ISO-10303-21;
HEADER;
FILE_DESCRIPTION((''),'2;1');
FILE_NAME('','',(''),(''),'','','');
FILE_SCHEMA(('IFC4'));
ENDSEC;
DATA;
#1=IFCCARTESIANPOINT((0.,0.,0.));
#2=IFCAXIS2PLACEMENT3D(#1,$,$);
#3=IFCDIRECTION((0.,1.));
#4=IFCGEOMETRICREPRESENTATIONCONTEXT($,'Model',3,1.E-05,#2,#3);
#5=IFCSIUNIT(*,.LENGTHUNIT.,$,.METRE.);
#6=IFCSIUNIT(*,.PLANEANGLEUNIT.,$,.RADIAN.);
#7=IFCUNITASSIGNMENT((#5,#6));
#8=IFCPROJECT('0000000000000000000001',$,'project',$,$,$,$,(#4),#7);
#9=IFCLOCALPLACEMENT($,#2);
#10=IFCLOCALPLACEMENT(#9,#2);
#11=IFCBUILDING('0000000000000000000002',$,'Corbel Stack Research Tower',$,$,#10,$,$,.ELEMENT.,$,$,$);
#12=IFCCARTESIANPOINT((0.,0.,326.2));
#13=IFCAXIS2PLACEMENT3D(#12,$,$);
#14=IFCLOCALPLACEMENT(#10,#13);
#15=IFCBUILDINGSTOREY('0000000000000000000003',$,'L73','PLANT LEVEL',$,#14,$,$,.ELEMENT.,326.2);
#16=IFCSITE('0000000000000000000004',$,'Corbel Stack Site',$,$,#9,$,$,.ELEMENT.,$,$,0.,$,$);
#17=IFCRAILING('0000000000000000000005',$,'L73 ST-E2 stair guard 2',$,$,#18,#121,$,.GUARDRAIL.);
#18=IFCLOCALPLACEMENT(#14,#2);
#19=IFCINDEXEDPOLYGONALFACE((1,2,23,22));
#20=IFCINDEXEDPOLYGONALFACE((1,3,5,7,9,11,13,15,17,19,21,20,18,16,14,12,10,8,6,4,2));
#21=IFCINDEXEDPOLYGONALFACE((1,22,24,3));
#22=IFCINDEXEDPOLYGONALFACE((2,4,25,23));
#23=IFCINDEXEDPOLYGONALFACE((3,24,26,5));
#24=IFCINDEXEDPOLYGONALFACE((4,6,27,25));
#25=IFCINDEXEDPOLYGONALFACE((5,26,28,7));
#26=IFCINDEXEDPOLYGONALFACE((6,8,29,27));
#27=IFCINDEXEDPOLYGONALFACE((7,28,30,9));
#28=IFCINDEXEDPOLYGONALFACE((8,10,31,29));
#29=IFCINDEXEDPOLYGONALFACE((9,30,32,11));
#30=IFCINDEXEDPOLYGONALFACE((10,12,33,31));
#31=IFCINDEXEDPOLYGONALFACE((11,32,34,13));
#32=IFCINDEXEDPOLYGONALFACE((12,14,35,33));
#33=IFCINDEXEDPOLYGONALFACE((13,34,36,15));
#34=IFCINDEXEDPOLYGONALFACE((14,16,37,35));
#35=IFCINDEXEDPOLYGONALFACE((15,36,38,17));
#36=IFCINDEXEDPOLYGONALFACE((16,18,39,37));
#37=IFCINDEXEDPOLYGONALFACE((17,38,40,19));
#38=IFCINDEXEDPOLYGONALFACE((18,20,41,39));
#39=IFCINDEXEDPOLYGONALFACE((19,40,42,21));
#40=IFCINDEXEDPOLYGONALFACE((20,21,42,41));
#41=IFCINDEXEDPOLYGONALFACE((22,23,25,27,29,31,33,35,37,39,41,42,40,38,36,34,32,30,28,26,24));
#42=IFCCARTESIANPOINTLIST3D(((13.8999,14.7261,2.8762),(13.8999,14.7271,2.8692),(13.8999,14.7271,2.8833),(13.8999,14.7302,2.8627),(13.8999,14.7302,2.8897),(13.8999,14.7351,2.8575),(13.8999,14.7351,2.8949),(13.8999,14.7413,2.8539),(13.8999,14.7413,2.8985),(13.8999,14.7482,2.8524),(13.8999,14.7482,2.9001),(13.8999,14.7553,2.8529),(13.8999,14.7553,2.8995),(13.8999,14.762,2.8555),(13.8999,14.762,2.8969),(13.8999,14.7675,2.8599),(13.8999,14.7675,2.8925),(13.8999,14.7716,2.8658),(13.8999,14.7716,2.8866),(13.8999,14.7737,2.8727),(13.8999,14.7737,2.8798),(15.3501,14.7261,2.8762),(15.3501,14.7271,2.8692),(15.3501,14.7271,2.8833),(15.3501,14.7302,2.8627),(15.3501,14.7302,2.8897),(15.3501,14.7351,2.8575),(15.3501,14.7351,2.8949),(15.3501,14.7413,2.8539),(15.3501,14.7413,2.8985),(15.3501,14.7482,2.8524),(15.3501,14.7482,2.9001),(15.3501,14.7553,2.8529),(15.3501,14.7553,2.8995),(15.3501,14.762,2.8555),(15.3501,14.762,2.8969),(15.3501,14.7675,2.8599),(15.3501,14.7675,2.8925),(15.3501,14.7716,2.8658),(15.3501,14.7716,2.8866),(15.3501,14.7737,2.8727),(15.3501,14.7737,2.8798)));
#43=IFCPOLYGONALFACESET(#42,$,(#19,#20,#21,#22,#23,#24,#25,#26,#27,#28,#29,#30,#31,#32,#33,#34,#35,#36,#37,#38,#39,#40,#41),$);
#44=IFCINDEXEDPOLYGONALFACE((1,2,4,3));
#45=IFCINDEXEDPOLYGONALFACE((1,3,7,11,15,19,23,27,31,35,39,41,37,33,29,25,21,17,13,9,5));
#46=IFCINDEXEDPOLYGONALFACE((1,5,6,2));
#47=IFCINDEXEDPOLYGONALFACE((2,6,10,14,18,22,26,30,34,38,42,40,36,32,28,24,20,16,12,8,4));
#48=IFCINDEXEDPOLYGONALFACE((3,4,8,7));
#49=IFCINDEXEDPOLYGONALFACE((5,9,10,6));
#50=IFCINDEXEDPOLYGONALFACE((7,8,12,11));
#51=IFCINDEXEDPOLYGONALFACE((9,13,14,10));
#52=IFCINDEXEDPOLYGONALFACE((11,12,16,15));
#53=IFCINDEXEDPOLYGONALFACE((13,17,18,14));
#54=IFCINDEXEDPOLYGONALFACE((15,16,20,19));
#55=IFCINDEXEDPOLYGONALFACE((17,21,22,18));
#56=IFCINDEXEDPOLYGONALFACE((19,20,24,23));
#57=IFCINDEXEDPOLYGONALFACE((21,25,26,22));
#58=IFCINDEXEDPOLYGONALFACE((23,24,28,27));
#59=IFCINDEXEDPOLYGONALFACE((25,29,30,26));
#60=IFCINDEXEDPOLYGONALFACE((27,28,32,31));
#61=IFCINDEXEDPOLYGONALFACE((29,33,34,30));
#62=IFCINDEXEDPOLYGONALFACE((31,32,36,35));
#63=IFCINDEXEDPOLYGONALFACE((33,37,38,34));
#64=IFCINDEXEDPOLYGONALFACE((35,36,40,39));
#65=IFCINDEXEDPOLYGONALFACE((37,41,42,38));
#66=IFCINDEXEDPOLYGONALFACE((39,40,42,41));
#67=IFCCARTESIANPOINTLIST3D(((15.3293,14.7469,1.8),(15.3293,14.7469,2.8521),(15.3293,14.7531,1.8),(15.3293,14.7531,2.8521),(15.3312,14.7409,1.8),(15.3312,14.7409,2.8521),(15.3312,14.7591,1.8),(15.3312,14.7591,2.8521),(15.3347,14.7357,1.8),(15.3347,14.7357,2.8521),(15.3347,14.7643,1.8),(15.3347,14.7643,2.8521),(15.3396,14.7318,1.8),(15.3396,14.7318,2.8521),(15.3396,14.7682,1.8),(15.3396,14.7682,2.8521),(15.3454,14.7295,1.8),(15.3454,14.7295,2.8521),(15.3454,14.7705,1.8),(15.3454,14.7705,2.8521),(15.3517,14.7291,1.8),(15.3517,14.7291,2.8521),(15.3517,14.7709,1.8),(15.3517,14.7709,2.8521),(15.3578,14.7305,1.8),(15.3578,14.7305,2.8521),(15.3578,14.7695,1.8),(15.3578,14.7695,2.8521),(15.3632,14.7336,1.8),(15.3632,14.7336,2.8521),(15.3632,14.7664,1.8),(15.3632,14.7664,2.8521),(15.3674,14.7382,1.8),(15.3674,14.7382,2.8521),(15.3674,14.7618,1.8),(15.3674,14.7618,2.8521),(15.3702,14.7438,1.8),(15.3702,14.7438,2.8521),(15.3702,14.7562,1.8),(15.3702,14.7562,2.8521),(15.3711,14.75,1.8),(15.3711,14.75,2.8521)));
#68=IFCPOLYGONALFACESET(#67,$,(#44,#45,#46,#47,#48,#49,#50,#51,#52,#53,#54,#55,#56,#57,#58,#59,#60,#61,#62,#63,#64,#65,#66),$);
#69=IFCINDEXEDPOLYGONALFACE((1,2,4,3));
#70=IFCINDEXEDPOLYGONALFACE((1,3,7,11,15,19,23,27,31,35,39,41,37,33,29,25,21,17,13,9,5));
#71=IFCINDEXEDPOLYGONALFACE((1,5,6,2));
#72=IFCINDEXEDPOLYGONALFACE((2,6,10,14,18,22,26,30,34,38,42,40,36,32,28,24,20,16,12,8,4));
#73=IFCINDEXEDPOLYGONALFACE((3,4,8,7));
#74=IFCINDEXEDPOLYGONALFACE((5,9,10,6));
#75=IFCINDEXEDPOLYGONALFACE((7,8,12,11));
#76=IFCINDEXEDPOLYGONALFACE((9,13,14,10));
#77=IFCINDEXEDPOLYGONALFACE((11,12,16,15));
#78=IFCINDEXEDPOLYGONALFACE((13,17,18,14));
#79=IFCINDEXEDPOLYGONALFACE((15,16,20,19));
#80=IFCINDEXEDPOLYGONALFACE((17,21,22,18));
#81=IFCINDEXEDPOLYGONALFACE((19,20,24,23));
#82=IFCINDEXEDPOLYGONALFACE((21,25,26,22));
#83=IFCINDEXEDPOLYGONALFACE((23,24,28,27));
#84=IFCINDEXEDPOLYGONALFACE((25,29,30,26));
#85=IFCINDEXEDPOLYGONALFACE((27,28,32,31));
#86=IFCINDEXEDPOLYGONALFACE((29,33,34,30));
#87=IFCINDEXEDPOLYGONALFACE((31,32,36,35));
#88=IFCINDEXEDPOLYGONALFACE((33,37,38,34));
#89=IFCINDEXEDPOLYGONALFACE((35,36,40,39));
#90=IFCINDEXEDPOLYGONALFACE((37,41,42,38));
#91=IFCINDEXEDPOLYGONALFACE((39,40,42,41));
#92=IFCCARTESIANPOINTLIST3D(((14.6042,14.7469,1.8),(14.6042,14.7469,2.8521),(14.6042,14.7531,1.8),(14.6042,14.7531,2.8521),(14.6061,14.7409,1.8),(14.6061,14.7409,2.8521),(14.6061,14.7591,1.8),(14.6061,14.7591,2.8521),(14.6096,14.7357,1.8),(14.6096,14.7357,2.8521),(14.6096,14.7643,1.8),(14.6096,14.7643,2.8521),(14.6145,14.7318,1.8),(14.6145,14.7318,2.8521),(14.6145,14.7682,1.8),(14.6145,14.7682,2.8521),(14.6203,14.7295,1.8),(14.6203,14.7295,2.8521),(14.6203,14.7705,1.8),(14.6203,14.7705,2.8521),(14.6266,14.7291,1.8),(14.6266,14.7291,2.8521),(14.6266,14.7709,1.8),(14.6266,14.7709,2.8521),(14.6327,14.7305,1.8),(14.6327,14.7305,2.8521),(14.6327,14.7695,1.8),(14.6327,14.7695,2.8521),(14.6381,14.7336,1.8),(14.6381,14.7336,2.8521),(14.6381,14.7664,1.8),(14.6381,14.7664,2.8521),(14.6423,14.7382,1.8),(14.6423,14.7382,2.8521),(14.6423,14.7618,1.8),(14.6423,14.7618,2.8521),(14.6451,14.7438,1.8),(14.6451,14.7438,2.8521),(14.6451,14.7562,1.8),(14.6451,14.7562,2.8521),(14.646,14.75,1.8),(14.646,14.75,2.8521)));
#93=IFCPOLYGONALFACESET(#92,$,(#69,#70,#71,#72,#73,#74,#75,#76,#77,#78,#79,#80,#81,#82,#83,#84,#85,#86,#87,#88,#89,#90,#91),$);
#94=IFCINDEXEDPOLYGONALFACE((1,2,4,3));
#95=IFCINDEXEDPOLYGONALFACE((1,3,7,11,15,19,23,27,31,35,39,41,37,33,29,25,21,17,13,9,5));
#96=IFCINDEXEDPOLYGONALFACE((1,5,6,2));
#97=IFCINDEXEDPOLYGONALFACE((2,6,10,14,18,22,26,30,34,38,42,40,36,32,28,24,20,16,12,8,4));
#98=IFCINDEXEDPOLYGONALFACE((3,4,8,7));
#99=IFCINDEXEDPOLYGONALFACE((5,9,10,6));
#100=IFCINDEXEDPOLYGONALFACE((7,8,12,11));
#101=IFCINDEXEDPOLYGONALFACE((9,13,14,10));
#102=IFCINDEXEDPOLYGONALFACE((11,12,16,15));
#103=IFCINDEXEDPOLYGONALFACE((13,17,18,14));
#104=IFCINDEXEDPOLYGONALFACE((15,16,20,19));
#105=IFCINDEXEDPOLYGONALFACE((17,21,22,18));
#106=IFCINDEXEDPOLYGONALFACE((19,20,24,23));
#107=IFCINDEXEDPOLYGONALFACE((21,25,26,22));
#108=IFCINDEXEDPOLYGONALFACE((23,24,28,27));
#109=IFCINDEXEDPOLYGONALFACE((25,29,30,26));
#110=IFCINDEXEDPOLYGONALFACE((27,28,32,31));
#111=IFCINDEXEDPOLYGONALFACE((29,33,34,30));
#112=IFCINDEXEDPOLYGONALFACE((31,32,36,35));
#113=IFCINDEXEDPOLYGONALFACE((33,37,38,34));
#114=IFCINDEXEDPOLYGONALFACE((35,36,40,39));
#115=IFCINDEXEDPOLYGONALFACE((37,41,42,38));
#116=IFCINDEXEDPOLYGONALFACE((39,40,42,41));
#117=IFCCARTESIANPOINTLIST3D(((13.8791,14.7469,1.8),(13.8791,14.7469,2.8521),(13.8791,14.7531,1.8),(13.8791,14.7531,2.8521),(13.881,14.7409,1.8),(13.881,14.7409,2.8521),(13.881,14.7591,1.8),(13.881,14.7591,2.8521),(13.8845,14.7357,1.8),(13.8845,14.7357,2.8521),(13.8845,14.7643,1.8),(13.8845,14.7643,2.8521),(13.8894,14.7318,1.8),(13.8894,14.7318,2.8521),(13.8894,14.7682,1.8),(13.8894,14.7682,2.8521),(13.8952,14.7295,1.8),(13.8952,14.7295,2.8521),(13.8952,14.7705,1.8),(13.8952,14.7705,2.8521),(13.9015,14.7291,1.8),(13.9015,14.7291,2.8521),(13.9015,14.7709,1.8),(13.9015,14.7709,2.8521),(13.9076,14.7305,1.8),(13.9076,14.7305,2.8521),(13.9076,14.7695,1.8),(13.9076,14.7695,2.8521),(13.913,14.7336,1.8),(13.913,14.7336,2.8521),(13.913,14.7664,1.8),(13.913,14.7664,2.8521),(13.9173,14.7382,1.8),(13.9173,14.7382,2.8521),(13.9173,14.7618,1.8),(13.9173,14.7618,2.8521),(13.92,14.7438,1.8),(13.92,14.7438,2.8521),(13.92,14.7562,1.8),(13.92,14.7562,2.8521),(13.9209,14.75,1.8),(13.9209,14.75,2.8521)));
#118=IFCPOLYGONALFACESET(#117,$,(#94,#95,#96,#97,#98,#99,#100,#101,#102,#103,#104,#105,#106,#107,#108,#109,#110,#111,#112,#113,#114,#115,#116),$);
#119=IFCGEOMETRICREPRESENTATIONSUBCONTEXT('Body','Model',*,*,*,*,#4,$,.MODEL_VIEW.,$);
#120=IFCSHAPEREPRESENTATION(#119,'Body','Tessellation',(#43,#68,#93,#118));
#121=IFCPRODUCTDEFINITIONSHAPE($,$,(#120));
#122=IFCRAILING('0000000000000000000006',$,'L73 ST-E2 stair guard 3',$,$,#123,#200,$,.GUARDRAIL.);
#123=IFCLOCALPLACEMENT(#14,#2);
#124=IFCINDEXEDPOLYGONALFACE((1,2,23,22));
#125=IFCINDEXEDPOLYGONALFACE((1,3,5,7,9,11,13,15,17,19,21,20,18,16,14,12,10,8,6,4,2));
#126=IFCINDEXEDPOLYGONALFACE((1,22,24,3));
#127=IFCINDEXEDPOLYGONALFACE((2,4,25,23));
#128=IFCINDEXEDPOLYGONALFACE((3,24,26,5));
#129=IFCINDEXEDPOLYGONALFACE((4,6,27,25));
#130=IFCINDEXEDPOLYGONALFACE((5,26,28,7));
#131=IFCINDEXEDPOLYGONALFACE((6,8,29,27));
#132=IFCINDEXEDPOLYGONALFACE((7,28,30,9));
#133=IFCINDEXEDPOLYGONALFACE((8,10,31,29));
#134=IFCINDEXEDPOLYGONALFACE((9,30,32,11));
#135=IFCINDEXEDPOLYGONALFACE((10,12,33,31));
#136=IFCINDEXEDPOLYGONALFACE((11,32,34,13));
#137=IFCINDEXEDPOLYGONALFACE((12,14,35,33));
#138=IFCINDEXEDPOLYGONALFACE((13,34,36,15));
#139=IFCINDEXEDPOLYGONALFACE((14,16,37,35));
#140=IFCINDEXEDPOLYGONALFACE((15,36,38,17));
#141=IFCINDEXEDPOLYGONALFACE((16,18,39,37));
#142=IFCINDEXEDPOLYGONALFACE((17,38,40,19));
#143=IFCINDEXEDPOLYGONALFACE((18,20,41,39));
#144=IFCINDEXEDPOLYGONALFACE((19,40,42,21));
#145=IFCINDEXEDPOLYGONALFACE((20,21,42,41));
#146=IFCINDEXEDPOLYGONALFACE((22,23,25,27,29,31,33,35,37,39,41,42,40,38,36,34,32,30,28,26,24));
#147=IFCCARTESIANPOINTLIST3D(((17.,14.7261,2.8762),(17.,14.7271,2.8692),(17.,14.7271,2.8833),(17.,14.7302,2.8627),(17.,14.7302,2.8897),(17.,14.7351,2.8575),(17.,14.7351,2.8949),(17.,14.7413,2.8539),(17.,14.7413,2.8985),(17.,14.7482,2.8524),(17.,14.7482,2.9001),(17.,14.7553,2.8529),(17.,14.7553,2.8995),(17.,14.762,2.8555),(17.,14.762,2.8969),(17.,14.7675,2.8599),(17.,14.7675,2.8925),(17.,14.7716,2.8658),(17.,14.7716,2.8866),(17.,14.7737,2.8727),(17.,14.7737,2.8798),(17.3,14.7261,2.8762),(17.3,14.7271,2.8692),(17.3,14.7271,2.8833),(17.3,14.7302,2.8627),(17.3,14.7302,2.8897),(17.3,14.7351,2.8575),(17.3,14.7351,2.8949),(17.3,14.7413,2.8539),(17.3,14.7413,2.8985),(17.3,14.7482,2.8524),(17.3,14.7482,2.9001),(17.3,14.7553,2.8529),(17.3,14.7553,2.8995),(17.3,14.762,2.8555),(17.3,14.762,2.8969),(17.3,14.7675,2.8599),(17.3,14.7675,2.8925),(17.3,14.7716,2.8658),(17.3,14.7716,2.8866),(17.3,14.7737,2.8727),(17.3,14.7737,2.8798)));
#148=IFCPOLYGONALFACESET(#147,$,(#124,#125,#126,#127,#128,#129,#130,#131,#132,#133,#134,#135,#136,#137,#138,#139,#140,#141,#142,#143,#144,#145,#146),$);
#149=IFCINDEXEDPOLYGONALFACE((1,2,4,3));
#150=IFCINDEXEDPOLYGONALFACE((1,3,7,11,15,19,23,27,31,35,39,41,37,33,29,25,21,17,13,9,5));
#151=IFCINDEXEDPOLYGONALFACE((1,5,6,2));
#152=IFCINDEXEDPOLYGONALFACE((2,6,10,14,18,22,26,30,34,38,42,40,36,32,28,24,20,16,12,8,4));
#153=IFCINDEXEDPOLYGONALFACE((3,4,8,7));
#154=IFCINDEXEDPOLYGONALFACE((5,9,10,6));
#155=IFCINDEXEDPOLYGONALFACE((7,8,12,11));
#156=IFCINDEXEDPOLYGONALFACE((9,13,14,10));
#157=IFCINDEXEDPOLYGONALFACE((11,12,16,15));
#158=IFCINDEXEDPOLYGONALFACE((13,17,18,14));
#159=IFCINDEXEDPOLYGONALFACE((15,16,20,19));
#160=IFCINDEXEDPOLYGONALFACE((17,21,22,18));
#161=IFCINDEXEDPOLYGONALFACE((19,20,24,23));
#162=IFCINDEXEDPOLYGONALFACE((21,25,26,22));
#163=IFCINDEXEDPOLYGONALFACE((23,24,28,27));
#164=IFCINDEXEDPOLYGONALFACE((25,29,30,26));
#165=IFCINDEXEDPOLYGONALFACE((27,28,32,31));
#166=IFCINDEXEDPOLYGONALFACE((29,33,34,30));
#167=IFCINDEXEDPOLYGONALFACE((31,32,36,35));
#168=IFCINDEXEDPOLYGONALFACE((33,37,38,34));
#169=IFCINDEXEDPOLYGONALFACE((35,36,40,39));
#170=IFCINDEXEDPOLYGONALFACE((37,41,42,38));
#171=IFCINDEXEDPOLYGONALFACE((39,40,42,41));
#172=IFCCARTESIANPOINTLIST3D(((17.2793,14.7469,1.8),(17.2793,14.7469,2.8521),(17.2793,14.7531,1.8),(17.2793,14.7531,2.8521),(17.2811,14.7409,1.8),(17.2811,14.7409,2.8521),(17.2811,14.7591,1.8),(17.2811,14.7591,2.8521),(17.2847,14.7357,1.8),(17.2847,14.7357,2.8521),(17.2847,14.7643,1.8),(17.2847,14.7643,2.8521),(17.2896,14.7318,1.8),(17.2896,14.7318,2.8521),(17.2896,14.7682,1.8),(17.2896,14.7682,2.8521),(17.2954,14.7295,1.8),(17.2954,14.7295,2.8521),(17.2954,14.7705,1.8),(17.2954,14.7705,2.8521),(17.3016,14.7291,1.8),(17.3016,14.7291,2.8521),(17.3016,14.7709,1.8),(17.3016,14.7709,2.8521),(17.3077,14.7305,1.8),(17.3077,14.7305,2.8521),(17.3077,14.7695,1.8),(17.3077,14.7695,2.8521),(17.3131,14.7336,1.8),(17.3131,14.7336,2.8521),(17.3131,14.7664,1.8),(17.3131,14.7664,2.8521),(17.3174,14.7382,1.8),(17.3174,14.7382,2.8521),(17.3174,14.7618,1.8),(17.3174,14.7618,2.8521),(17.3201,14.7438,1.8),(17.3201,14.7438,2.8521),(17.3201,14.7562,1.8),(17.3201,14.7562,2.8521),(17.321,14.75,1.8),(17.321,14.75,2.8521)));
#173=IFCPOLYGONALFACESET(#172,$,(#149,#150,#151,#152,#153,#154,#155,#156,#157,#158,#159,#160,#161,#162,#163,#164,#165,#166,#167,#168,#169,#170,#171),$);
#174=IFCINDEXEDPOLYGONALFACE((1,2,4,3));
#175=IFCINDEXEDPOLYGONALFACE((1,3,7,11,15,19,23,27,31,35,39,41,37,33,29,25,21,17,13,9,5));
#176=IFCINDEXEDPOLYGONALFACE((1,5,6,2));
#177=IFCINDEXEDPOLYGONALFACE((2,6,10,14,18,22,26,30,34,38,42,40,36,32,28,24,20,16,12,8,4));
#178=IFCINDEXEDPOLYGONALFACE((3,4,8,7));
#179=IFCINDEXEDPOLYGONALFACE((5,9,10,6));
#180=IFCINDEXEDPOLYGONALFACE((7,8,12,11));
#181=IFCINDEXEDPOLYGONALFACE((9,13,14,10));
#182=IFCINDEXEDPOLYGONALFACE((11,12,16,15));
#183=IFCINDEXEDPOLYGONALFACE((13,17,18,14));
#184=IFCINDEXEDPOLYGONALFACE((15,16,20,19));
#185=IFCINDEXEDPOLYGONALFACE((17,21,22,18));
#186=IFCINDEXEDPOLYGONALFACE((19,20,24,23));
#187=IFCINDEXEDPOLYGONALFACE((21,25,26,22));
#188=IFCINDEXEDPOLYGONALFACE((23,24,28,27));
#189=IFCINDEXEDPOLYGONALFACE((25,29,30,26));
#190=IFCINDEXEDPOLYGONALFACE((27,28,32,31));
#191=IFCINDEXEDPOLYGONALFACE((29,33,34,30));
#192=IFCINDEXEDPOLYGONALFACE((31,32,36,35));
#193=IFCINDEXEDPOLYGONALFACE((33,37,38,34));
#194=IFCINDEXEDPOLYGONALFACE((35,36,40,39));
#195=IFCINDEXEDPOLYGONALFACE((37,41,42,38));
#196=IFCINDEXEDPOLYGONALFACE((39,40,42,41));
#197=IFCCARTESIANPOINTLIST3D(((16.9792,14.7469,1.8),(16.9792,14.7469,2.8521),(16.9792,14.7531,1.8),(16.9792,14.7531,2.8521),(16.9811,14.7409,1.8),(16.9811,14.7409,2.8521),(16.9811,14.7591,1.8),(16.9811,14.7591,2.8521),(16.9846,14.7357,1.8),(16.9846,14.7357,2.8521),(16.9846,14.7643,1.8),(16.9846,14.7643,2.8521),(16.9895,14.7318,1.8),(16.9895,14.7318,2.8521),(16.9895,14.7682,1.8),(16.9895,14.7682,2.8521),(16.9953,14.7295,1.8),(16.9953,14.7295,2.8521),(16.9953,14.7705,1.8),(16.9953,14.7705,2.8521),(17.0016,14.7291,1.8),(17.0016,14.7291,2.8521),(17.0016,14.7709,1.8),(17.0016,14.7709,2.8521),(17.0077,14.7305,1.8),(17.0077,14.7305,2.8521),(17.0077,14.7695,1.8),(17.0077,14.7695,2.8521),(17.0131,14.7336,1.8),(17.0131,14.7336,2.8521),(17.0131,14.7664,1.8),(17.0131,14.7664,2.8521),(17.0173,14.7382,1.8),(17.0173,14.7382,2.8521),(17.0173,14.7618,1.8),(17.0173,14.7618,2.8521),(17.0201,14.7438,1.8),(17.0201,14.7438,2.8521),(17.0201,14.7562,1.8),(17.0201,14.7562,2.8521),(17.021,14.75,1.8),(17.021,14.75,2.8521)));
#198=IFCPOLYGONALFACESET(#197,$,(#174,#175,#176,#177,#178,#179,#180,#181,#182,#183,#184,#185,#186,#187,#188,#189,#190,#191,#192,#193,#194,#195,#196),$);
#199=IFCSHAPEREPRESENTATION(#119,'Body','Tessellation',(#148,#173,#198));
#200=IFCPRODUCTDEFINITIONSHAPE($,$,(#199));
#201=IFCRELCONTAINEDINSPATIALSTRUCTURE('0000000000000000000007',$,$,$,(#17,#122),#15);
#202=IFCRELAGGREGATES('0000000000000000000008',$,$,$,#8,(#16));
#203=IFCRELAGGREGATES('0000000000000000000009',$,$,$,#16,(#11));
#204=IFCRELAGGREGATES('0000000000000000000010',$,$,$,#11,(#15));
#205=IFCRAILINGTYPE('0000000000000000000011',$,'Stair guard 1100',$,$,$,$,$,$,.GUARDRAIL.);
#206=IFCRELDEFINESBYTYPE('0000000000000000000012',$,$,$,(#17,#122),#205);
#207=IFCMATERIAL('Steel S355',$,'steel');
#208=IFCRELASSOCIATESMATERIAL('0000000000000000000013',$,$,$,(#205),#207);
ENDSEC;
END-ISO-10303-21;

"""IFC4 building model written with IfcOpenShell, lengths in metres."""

from ifc_helpers import new_model, si_unit, direction, frame, origin, origin_2d, place, context, subcontext, project, spatial, circle, extrude, material, type_object, element, save


model = new_model("IFC4")

# Units and contexts
model_context = context("Model", 3, precision=1e-05, world=origin(), true_north=direction((0.0, 1.0)))
body_context = subcontext(model_context, "Body", "Model", "MODEL_VIEW")
ifc_project = project(units=[si_unit("LENGTHUNIT", "METRE"), si_unit("PLANEANGLEUNIT", "RADIAN")], contexts=[model_context])

# Site, building, storey
site_placement = place(None, origin())
site = spatial("IfcSite", under=ifc_project, at=site_placement, Name="Corbel Stack Site", CompositionType="ELEMENT", RefElevation=0.0)
building_placement = place(site_placement, origin())
building = spatial("IfcBuilding", under=site, at=building_placement, Name="Corbel Stack Research Tower", CompositionType="ELEMENT")
storey_placement = place(building_placement, frame((0.0, 0.0, 326.2)))
storey = spatial("IfcBuildingStorey", under=building, at=storey_placement, Name="L73", Description="PLANT LEVEL", CompositionType="ELEMENT", Elevation=326.2)

# Railings
ifc_material_1 = material(Name="Steel S355", Category="steel")
railing_type_1 = type_object("IfcRailingType", Name="Stair guard 1100", PredefinedType="GUARDRAIL", material=ifc_material_1)
railing_1_placement = place(storey_placement, frame((15.3501, 14.75, 1.8)))
element("IfcRailing", 1, at=railing_1_placement, inside=storey, type_object=railing_type_1, Name="L73 ST-E2 stair guard 2", PredefinedType="GUARDRAIL", context=body_context, shape_type="SweptSolid", body=[
    extrude(circle(Radius=0.0239, at=origin_2d()), frame((0.0, 0.0, 1.0762), z_axis=(-1.0, 0.0, 0.0), x_axis=(0.0, -1.0, 0.0)), (0.0, 0.0, 1.0), 1.4502),
    extrude(circle(Radius=0.021, at=origin_2d()), origin(), (0.0, 0.0, 1.0), 1.052),
    extrude(circle(Radius=0.021, at=origin_2d()), frame((-0.7251, 0.0, 0.0)), (0.0, 0.0, 1.0), 1.052),
    extrude(circle(Radius=0.021, at=origin_2d()), frame((-1.4502, 0.0, 0.0)), (0.0, 0.0, 1.0), 1.052),
])
railing_2_placement = place(storey_placement, frame((17.3, 14.75, 1.8)))
element("IfcRailing", 2, at=railing_2_placement, inside=storey, type_object=railing_type_1, Name="L73 ST-E2 stair guard 3", PredefinedType="GUARDRAIL", context=body_context, shape_type="SweptSolid", body=[
    extrude(circle(Radius=0.0239, at=origin_2d()), frame((0.0, 0.0, 1.0762), z_axis=(-1.0, 0.0, 0.0), x_axis=(0.0, -1.0, 0.0)), (0.0, 0.0, 1.0), 0.3),
    extrude(circle(Radius=0.021, at=origin_2d()), origin(), (0.0, 0.0, 1.0), 1.052),
    extrude(circle(Radius=0.021, at=origin_2d()), frame((-0.3, 0.0, 0.0)), (0.0, 0.0, 1.0), 1.052),
])

save(model, "model.ifc")
